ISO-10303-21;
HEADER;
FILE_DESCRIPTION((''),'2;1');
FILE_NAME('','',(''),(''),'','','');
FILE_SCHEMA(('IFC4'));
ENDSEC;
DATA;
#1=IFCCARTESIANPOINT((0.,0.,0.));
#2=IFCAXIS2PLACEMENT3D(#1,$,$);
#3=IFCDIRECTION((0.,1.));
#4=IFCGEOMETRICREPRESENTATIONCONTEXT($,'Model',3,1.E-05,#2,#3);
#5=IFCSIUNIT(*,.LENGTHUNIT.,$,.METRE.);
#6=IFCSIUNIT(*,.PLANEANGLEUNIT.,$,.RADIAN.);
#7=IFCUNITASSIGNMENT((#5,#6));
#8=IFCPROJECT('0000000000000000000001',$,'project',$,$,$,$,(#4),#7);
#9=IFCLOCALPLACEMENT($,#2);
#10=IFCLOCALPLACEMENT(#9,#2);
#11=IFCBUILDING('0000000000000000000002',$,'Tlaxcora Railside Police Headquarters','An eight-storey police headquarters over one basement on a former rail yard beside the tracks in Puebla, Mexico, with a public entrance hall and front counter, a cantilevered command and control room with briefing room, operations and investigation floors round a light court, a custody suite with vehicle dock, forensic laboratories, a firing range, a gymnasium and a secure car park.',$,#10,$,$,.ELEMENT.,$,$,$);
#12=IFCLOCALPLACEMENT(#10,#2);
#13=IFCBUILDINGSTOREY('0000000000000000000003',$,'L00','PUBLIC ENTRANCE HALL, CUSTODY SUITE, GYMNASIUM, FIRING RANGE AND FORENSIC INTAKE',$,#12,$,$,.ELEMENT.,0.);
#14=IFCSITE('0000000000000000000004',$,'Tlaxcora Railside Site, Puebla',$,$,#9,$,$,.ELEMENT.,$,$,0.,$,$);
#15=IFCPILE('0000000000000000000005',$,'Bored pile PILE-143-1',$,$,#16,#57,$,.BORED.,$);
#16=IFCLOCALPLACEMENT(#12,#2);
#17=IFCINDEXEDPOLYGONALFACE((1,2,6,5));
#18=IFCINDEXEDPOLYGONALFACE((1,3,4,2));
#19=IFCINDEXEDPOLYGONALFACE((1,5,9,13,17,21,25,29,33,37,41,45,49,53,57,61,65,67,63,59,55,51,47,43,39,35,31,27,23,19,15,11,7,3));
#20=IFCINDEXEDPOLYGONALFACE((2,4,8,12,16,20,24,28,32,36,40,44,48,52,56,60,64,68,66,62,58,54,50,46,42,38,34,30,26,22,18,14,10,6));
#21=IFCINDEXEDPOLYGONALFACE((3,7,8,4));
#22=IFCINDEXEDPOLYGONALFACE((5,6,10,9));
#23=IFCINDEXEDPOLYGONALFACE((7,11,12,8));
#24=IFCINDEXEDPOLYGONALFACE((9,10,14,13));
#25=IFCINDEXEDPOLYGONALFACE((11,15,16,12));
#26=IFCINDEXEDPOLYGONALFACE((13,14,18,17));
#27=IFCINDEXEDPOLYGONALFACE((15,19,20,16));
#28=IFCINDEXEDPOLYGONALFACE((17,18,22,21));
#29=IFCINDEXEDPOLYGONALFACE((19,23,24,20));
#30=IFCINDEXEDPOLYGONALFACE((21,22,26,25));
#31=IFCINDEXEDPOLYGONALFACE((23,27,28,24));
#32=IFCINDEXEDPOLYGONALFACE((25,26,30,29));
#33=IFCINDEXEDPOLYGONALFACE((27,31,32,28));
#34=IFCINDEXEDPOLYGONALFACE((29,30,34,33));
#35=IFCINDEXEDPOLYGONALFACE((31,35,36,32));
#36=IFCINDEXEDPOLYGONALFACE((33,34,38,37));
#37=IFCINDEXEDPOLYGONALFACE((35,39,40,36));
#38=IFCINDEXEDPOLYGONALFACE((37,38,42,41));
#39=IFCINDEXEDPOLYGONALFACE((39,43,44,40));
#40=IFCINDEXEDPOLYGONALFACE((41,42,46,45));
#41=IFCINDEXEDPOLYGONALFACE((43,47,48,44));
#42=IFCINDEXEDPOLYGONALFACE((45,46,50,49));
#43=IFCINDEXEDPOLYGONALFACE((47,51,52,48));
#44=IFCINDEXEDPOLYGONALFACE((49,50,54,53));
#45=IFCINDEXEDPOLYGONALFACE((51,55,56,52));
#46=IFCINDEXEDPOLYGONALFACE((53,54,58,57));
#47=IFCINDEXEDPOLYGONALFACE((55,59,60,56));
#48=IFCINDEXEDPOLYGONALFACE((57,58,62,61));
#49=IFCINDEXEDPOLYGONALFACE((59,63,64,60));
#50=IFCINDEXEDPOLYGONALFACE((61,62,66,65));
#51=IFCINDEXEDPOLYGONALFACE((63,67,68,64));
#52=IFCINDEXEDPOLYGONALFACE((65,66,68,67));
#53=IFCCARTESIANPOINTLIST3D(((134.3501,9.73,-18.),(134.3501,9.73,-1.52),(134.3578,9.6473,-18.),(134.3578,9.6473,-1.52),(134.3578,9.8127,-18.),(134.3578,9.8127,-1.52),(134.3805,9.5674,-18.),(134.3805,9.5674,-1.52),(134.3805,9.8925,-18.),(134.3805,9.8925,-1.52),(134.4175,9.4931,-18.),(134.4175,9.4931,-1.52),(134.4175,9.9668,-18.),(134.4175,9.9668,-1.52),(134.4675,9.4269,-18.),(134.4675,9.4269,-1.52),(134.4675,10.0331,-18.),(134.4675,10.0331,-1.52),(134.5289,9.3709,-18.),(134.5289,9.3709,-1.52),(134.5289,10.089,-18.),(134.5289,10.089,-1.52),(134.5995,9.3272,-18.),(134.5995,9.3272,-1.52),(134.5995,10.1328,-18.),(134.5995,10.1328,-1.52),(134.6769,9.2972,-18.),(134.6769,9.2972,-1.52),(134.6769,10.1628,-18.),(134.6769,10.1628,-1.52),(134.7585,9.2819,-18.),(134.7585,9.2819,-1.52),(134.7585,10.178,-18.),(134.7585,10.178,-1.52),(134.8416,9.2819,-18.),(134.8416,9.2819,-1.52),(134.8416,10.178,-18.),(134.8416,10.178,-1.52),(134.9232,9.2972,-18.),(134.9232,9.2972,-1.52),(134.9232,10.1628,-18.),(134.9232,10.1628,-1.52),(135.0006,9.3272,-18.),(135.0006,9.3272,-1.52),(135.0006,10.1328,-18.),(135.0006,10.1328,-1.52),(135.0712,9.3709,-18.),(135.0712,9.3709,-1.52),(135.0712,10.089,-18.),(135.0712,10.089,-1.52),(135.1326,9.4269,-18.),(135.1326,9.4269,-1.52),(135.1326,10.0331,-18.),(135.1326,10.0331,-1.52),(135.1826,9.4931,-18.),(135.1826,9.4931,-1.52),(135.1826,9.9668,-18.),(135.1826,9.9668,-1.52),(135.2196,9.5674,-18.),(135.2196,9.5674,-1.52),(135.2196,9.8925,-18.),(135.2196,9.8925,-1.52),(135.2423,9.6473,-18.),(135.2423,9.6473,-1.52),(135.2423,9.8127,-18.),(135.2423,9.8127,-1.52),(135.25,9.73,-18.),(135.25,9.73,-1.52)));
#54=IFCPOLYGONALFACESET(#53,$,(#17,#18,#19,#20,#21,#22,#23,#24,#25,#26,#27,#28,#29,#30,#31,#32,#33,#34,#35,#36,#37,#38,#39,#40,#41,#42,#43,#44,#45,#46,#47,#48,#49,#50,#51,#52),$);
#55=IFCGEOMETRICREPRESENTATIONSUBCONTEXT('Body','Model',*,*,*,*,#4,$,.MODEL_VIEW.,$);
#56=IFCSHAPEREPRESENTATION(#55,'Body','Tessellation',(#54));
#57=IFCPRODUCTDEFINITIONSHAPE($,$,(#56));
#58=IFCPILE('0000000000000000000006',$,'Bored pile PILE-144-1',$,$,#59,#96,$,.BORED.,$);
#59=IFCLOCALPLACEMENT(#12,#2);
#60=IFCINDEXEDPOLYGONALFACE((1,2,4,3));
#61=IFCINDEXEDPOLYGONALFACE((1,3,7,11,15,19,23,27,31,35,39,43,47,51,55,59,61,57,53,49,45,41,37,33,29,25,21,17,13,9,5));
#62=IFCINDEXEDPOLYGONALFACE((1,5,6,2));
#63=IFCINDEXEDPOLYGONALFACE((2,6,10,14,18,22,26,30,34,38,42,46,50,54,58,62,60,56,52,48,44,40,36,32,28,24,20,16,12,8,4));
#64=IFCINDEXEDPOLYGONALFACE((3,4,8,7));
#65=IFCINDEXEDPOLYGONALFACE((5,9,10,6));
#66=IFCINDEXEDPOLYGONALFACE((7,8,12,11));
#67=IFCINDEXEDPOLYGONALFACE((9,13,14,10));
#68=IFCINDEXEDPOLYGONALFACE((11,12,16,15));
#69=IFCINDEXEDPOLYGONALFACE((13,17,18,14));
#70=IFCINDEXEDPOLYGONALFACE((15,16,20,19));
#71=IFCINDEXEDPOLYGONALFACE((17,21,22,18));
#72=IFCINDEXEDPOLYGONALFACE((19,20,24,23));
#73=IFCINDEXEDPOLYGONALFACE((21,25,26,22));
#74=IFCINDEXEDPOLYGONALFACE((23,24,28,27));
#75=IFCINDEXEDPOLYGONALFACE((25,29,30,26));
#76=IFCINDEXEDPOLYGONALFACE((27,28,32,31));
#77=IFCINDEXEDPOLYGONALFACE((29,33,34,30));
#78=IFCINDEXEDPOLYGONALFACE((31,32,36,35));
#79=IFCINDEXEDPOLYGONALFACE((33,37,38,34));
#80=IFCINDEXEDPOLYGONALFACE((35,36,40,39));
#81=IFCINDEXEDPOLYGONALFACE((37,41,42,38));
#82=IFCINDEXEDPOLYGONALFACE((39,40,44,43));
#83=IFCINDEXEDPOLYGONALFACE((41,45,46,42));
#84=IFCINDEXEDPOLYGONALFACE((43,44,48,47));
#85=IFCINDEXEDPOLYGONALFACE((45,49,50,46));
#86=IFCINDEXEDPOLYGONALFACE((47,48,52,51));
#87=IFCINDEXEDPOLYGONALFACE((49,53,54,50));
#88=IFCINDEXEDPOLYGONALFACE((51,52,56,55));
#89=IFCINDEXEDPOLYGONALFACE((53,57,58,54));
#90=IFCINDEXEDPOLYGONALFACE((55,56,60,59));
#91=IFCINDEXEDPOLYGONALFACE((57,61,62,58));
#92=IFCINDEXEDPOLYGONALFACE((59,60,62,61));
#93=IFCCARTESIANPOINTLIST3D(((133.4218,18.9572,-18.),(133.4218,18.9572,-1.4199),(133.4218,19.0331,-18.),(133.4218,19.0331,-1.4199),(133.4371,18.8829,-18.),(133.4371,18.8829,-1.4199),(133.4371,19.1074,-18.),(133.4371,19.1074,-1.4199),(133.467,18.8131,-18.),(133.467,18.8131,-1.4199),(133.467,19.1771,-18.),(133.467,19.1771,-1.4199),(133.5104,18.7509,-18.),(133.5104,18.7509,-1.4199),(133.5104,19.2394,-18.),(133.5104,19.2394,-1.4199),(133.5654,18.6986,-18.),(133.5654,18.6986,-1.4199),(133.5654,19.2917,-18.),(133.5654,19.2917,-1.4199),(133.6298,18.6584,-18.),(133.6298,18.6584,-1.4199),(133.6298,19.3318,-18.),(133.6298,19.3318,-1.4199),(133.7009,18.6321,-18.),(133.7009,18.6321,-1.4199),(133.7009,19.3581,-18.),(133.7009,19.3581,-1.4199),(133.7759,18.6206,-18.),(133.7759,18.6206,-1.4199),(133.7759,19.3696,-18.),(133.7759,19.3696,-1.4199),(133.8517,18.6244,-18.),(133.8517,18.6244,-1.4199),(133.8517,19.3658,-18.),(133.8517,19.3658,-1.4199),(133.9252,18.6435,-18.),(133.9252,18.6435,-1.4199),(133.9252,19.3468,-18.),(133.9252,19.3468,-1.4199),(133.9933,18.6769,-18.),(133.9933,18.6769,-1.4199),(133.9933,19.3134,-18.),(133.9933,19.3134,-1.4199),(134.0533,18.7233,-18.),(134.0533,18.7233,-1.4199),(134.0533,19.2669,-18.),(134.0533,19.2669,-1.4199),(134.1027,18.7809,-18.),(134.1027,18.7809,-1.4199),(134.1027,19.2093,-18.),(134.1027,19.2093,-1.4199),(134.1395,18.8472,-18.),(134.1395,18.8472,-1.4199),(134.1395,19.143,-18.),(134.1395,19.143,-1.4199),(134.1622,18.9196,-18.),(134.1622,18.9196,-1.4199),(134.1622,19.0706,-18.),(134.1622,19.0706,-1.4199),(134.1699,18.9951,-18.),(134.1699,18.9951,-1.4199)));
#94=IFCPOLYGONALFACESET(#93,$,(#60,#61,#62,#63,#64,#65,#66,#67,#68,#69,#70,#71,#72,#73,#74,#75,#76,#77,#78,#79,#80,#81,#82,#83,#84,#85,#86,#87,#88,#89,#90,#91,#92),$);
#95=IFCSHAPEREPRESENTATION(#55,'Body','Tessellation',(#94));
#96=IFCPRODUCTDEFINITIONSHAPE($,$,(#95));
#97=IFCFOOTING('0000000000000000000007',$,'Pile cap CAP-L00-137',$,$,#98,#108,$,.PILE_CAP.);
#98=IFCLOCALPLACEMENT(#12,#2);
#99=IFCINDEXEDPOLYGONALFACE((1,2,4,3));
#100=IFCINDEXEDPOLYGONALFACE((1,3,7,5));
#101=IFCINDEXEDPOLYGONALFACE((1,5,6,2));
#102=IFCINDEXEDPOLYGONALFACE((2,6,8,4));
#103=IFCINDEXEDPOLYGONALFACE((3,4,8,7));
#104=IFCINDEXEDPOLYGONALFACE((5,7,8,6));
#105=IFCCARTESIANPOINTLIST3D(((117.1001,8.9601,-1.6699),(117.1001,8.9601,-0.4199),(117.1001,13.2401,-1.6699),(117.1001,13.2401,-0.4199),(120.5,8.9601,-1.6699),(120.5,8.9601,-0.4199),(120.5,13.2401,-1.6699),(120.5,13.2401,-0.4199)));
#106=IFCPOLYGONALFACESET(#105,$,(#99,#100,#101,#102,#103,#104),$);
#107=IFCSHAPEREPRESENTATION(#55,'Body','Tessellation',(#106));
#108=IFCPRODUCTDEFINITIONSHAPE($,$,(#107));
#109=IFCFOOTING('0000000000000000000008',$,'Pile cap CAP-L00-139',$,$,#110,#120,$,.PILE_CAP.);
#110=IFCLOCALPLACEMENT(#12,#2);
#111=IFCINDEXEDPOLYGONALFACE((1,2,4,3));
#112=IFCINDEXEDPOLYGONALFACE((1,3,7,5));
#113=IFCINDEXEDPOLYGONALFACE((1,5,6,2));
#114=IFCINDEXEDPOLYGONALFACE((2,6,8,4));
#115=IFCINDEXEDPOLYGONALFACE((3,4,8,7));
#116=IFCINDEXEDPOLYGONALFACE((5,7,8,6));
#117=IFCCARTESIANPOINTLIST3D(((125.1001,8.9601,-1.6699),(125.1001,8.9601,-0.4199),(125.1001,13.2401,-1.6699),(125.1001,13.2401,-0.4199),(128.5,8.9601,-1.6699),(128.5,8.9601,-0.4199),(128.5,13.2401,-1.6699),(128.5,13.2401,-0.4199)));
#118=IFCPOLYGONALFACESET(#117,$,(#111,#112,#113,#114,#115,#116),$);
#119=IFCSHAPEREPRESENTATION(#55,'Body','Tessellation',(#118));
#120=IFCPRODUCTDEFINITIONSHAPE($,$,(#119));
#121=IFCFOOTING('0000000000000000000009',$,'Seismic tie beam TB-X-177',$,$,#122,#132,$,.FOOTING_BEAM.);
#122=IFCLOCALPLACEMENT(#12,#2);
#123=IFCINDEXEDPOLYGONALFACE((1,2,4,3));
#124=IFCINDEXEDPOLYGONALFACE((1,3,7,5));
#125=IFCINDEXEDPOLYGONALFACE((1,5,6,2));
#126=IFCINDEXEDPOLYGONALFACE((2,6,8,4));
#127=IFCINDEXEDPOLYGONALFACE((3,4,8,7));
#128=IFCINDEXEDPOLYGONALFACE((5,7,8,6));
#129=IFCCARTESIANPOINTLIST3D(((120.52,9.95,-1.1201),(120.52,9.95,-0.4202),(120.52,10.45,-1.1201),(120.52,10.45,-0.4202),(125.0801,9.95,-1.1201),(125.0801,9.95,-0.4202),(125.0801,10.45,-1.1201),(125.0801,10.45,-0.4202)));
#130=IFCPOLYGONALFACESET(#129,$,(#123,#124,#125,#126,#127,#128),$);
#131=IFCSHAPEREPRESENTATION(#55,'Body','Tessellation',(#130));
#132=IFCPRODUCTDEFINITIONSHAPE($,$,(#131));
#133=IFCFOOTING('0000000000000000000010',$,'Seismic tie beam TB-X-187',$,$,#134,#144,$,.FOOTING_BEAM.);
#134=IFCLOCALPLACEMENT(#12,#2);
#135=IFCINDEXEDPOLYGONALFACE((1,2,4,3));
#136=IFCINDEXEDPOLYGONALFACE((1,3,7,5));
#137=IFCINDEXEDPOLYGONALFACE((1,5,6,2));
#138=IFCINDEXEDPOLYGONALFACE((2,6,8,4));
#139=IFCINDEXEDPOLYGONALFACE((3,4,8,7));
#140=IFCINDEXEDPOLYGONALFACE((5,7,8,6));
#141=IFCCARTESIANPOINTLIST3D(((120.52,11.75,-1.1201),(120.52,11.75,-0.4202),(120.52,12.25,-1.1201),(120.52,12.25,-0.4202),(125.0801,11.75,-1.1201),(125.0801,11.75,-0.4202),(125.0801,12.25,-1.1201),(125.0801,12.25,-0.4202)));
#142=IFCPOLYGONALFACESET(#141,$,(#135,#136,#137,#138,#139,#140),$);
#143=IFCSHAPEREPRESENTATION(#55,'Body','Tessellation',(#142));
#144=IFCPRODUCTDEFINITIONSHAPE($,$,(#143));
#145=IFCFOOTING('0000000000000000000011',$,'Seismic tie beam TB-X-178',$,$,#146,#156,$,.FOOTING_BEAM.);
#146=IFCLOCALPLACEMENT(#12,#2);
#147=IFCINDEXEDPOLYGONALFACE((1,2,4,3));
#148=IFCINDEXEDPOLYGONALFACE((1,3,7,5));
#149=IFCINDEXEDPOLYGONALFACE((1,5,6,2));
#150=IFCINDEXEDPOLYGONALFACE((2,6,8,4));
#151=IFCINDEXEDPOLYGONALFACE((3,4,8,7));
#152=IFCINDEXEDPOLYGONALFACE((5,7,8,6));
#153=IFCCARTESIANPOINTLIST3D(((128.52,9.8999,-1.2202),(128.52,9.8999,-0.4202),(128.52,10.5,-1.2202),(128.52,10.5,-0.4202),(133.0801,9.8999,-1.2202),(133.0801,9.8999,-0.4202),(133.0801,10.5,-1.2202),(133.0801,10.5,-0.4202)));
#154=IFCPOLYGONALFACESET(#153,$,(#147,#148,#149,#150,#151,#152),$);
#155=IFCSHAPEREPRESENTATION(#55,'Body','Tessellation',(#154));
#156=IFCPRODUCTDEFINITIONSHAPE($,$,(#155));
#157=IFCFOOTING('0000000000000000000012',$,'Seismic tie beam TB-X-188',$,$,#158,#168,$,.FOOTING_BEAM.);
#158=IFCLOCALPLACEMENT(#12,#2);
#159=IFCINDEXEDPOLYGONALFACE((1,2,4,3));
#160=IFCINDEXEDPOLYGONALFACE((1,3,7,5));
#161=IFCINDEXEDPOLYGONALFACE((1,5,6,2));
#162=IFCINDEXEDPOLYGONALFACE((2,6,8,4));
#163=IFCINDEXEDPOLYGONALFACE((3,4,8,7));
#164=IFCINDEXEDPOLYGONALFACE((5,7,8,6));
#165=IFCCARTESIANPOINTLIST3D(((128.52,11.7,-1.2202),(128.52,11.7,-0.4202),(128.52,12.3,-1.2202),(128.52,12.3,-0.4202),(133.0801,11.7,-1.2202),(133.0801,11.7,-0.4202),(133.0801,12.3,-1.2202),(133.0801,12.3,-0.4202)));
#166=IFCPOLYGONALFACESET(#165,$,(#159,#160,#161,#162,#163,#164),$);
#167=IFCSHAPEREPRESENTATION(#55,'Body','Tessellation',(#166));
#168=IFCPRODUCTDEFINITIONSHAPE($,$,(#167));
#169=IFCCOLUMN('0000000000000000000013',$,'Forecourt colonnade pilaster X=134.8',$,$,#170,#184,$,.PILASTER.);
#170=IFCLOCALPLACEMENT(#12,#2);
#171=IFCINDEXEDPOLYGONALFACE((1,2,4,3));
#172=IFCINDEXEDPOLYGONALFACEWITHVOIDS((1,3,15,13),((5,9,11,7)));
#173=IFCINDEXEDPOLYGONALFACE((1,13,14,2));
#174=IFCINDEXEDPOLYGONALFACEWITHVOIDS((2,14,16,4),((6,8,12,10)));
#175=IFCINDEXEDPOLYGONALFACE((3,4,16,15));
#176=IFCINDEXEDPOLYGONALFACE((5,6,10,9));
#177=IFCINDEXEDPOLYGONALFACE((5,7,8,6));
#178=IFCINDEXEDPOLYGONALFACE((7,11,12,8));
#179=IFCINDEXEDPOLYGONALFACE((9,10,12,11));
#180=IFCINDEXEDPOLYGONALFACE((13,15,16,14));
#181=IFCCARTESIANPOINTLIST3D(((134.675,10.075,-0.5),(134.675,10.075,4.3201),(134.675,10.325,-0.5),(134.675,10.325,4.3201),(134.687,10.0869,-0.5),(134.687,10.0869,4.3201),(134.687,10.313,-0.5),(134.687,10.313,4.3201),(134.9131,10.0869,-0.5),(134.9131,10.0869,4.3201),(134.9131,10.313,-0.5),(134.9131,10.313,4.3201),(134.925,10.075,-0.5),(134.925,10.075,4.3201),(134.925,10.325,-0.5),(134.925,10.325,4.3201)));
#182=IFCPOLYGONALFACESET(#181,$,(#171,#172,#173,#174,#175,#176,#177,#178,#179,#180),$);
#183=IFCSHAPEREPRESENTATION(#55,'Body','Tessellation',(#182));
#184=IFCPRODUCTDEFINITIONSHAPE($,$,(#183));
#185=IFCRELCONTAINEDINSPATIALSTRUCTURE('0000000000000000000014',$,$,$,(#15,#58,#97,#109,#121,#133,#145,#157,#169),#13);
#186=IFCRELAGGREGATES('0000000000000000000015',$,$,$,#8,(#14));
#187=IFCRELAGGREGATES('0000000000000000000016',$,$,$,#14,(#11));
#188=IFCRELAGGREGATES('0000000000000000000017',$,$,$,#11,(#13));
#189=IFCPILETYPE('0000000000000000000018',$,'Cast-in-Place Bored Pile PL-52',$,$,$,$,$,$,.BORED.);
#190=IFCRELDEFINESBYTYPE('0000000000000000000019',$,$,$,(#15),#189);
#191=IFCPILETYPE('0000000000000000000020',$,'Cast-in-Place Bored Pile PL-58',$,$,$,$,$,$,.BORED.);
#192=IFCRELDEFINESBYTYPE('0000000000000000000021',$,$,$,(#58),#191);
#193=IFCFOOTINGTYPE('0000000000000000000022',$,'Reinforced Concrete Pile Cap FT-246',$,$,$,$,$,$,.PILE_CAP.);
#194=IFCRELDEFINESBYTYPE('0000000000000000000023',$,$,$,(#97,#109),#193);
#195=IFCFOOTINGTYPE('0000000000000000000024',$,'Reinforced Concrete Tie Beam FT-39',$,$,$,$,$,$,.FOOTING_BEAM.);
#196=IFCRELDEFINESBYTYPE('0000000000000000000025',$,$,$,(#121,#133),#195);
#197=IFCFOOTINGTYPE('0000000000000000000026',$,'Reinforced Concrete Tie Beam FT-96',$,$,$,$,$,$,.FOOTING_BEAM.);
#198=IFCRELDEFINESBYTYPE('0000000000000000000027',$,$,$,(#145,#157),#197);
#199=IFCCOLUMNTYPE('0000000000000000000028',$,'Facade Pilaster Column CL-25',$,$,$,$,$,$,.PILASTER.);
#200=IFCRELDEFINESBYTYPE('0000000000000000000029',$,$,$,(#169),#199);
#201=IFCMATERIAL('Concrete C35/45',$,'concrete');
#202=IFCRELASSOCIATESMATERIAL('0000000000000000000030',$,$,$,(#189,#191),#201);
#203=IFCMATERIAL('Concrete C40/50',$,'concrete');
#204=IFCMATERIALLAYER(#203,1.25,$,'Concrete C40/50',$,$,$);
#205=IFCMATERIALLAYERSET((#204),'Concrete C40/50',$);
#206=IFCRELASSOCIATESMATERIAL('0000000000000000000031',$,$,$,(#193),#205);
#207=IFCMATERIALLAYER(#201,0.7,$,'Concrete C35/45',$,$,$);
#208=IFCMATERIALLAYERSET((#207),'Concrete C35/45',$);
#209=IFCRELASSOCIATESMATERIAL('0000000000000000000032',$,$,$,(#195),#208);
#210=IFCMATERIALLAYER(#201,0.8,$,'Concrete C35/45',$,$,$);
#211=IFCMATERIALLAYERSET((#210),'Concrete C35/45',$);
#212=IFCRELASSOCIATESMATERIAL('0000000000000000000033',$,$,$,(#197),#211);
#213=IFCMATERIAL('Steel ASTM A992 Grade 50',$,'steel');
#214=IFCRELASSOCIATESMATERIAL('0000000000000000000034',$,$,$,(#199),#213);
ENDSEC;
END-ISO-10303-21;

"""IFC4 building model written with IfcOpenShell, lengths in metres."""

from ifc_helpers import new_model, si_unit, direction, frame, origin, origin_2d, place, context, subcontext, project, spatial, rectangle, hollow_rectangle, circle, extrude, material, layer, layer_set, material_profile, profile_set, type_object, element, save


model = new_model("IFC4")

# Units and contexts
model_context = context("Model", 3, precision=1e-05, world=origin(), true_north=direction((0.0, 1.0)))
body_context = subcontext(model_context, "Body", "Model", "MODEL_VIEW")
ifc_project = project(units=[si_unit("LENGTHUNIT", "METRE"), si_unit("PLANEANGLEUNIT", "RADIAN")], contexts=[model_context])

# Site, building, storey
site_placement = place(None, origin())
site = spatial("IfcSite", under=ifc_project, at=site_placement, Name="Tlaxcora Railside Site, Puebla", CompositionType="ELEMENT", RefElevation=0.0)
building_placement = place(site_placement, origin())
building = spatial("IfcBuilding", under=site, at=building_placement, Name="Tlaxcora Railside Police Headquarters", Description="An eight-storey police headquarters over one basement on a former rail yard beside the tracks in Puebla, Mexico, with a public entrance hall and front counter, a cantilevered command and control room with briefing room, operations and investigation floors round a light court, a custody suite with vehicle dock, forensic laboratories, a firing range, a gymnasium and a secure car park.", CompositionType="ELEMENT")
storey_placement = place(building_placement, origin())
storey = spatial("IfcBuildingStorey", under=building, at=storey_placement, Name="L00", Description="PUBLIC ENTRANCE HALL, CUSTODY SUITE, GYMNASIUM, FIRING RANGE AND FORENSIC INTAKE", CompositionType="ELEMENT", Elevation=0.0)

# Piles
ifc_material_1 = material(Name="Concrete C35/45", Category="concrete")
ifc_material_profile_1 = material_profile(ifc_material_1, circle(Radius=0.45, at=origin_2d()), Name="PILE900")
ifc_profile_set_1 = profile_set([ifc_material_profile_1], Name="Concrete C35/45")
pile_type_1 = type_object("IfcPileType", Name="Cast-in-Place Bored Pile PL-52", PredefinedType="BORED", material=ifc_profile_set_1)
for number, where, z_axis, x_axis, name in (
    (1, (134.8, 9.73, -1.52), (0.0, 0.0, -1.0), (1.0, 0.0, 0.0), "Bored pile PILE-143-1"),
):
    element("IfcPile", number, at=place(storey_placement, frame(where, z_axis=z_axis, x_axis=x_axis)), inside=storey, type_object=pile_type_1, Name=name, PredefinedType="BORED", context=body_context, shape_type="SweptSolid", body=[
        extrude(circle(Radius=0.45, at=origin_2d()), origin(), (0.0, 0.0, 1.0), 16.48),
    ])
ifc_material_profile_2 = material_profile(ifc_material_1, circle(Radius=0.375, at=origin_2d()), Name="PILE750")
ifc_profile_set_2 = profile_set([ifc_material_profile_2], Name="Concrete C35/45")
pile_type_2 = type_object("IfcPileType", Name="Cast-in-Place Bored Pile PL-58", PredefinedType="BORED", material=ifc_profile_set_2)
pile_placement = place(storey_placement, frame((133.7949, 18.9951, -1.4199), z_axis=(0.0, 0.0, -1.0), x_axis=(1.0, 0.0, 0.0)))
element("IfcPile", 2, at=pile_placement, inside=storey, type_object=pile_type_2, Name="Bored pile PILE-144-1", PredefinedType="BORED", context=body_context, shape_type="SweptSolid", body=[
    extrude(circle(Radius=0.375, at=origin_2d()), origin(), (0.0, 0.0, 1.0), 16.5801),
])

# Footings
ifc_material_2 = material(Name="Concrete C40/50", Category="concrete")
ifc_layer_1 = layer(ifc_material_2, 1.25, Name="Concrete C40/50")
ifc_layer_set_1 = layer_set([ifc_layer_1], Name="Concrete C40/50")
footing_type_1 = type_object("IfcFootingType", Name="Reinforced Concrete Pile Cap FT-246", PredefinedType="PILE_CAP", material=ifc_layer_set_1)
for number, where, z_axis, x_axis, name in (
    (3, (118.8, 11.1001, -1.6699), (0.0, 0.0, 1.0), (1.0, 0.0, 0.0), "Pile cap CAP-L00-137"),
    (4, (126.8, 11.1001, -1.6699), (0.0, 0.0, 1.0), (1.0, 0.0, 0.0), "Pile cap CAP-L00-139"),
):
    element("IfcFooting", number, at=place(storey_placement, frame(where, z_axis=z_axis, x_axis=x_axis)), inside=storey, type_object=footing_type_1, Name=name, PredefinedType="PILE_CAP", context=body_context, shape_type="SweptSolid", body=[
        extrude(rectangle(XDim=3.3999, YDim=4.28, at=origin_2d()), origin(), (0.0, 0.0, 1.0), 1.25),
    ])
ifc_layer_2 = layer(ifc_material_1, 0.7, Name="Concrete C35/45")
ifc_layer_set_2 = layer_set([ifc_layer_2], Name="Concrete C35/45")
footing_type_2 = type_object("IfcFootingType", Name="Reinforced Concrete Tie Beam FT-39", PredefinedType="FOOTING_BEAM", material=ifc_layer_set_2)
for number, where, z_axis, x_axis, name in (
    (5, (122.8, 10.2, -1.1201), (0.0, 0.0, 1.0), (1.0, 0.0, 0.0), "Seismic tie beam TB-X-177"),
    (6, (122.8, 12.0, -1.1201), (0.0, 0.0, 1.0), (1.0, 0.0, 0.0), "Seismic tie beam TB-X-187"),
):
    element("IfcFooting", number, at=place(storey_placement, frame(where, z_axis=z_axis, x_axis=x_axis)), inside=storey, type_object=footing_type_2, Name=name, PredefinedType="FOOTING_BEAM", context=body_context, shape_type="SweptSolid", body=[
        extrude(rectangle(XDim=4.5601, YDim=0.5, at=origin_2d()), origin(), (0.0, 0.0, 1.0), 0.7),
    ])
ifc_layer_3 = layer(ifc_material_1, 0.8, Name="Concrete C35/45")
ifc_layer_set_3 = layer_set([ifc_layer_3], Name="Concrete C35/45")
footing_type_3 = type_object("IfcFootingType", Name="Reinforced Concrete Tie Beam FT-96", PredefinedType="FOOTING_BEAM", material=ifc_layer_set_3)
for number, where, z_axis, x_axis, name in (
    (7, (130.8, 10.2, -1.2202), (0.0, 0.0, 1.0), (1.0, 0.0, 0.0), "Seismic tie beam TB-X-178"),
    (8, (130.8, 12.0, -1.2202), (0.0, 0.0, 1.0), (1.0, 0.0, 0.0), "Seismic tie beam TB-X-188"),
):
    element("IfcFooting", number, at=place(storey_placement, frame(where, z_axis=z_axis, x_axis=x_axis)), inside=storey, type_object=footing_type_3, Name=name, PredefinedType="FOOTING_BEAM", context=body_context, shape_type="SweptSolid", body=[
        extrude(rectangle(XDim=4.5601, YDim=0.6001, at=origin_2d()), origin(), (0.0, 0.0, 1.0), 0.8),
    ])

# Column
ifc_material_3 = material(Name="Steel ASTM A992 Grade 50", Category="steel")
ifc_material_profile_3 = material_profile(ifc_material_3, hollow_rectangle(XDim=0.25, YDim=0.25, WallThickness=0.012, at=origin_2d()), Name="HSS250X250X12")
ifc_profile_set_3 = profile_set([ifc_material_profile_3], Name="Steel ASTM A992 Grade 50")
column_type_1 = type_object("IfcColumnType", Name="Facade Pilaster Column CL-25", PredefinedType="PILASTER", material=ifc_profile_set_3)
column_1_placement = place(storey_placement, frame((134.8, 10.2, -0.5), z_axis=(0.0, 0.0, 1.0), x_axis=(1.0, 0.0, 0.0)))
element("IfcColumn", 9, at=column_1_placement, inside=storey, type_object=column_type_1, Name="Forecourt colonnade pilaster X=134.8", PredefinedType="PILASTER", context=body_context, shape_type="SweptSolid", body=[
    extrude(hollow_rectangle(XDim=0.25, YDim=0.25, WallThickness=0.012, at=origin_2d()), origin(), (0.0, 0.0, 1.0), 4.8201),
])

save(model, "model.ifc")
